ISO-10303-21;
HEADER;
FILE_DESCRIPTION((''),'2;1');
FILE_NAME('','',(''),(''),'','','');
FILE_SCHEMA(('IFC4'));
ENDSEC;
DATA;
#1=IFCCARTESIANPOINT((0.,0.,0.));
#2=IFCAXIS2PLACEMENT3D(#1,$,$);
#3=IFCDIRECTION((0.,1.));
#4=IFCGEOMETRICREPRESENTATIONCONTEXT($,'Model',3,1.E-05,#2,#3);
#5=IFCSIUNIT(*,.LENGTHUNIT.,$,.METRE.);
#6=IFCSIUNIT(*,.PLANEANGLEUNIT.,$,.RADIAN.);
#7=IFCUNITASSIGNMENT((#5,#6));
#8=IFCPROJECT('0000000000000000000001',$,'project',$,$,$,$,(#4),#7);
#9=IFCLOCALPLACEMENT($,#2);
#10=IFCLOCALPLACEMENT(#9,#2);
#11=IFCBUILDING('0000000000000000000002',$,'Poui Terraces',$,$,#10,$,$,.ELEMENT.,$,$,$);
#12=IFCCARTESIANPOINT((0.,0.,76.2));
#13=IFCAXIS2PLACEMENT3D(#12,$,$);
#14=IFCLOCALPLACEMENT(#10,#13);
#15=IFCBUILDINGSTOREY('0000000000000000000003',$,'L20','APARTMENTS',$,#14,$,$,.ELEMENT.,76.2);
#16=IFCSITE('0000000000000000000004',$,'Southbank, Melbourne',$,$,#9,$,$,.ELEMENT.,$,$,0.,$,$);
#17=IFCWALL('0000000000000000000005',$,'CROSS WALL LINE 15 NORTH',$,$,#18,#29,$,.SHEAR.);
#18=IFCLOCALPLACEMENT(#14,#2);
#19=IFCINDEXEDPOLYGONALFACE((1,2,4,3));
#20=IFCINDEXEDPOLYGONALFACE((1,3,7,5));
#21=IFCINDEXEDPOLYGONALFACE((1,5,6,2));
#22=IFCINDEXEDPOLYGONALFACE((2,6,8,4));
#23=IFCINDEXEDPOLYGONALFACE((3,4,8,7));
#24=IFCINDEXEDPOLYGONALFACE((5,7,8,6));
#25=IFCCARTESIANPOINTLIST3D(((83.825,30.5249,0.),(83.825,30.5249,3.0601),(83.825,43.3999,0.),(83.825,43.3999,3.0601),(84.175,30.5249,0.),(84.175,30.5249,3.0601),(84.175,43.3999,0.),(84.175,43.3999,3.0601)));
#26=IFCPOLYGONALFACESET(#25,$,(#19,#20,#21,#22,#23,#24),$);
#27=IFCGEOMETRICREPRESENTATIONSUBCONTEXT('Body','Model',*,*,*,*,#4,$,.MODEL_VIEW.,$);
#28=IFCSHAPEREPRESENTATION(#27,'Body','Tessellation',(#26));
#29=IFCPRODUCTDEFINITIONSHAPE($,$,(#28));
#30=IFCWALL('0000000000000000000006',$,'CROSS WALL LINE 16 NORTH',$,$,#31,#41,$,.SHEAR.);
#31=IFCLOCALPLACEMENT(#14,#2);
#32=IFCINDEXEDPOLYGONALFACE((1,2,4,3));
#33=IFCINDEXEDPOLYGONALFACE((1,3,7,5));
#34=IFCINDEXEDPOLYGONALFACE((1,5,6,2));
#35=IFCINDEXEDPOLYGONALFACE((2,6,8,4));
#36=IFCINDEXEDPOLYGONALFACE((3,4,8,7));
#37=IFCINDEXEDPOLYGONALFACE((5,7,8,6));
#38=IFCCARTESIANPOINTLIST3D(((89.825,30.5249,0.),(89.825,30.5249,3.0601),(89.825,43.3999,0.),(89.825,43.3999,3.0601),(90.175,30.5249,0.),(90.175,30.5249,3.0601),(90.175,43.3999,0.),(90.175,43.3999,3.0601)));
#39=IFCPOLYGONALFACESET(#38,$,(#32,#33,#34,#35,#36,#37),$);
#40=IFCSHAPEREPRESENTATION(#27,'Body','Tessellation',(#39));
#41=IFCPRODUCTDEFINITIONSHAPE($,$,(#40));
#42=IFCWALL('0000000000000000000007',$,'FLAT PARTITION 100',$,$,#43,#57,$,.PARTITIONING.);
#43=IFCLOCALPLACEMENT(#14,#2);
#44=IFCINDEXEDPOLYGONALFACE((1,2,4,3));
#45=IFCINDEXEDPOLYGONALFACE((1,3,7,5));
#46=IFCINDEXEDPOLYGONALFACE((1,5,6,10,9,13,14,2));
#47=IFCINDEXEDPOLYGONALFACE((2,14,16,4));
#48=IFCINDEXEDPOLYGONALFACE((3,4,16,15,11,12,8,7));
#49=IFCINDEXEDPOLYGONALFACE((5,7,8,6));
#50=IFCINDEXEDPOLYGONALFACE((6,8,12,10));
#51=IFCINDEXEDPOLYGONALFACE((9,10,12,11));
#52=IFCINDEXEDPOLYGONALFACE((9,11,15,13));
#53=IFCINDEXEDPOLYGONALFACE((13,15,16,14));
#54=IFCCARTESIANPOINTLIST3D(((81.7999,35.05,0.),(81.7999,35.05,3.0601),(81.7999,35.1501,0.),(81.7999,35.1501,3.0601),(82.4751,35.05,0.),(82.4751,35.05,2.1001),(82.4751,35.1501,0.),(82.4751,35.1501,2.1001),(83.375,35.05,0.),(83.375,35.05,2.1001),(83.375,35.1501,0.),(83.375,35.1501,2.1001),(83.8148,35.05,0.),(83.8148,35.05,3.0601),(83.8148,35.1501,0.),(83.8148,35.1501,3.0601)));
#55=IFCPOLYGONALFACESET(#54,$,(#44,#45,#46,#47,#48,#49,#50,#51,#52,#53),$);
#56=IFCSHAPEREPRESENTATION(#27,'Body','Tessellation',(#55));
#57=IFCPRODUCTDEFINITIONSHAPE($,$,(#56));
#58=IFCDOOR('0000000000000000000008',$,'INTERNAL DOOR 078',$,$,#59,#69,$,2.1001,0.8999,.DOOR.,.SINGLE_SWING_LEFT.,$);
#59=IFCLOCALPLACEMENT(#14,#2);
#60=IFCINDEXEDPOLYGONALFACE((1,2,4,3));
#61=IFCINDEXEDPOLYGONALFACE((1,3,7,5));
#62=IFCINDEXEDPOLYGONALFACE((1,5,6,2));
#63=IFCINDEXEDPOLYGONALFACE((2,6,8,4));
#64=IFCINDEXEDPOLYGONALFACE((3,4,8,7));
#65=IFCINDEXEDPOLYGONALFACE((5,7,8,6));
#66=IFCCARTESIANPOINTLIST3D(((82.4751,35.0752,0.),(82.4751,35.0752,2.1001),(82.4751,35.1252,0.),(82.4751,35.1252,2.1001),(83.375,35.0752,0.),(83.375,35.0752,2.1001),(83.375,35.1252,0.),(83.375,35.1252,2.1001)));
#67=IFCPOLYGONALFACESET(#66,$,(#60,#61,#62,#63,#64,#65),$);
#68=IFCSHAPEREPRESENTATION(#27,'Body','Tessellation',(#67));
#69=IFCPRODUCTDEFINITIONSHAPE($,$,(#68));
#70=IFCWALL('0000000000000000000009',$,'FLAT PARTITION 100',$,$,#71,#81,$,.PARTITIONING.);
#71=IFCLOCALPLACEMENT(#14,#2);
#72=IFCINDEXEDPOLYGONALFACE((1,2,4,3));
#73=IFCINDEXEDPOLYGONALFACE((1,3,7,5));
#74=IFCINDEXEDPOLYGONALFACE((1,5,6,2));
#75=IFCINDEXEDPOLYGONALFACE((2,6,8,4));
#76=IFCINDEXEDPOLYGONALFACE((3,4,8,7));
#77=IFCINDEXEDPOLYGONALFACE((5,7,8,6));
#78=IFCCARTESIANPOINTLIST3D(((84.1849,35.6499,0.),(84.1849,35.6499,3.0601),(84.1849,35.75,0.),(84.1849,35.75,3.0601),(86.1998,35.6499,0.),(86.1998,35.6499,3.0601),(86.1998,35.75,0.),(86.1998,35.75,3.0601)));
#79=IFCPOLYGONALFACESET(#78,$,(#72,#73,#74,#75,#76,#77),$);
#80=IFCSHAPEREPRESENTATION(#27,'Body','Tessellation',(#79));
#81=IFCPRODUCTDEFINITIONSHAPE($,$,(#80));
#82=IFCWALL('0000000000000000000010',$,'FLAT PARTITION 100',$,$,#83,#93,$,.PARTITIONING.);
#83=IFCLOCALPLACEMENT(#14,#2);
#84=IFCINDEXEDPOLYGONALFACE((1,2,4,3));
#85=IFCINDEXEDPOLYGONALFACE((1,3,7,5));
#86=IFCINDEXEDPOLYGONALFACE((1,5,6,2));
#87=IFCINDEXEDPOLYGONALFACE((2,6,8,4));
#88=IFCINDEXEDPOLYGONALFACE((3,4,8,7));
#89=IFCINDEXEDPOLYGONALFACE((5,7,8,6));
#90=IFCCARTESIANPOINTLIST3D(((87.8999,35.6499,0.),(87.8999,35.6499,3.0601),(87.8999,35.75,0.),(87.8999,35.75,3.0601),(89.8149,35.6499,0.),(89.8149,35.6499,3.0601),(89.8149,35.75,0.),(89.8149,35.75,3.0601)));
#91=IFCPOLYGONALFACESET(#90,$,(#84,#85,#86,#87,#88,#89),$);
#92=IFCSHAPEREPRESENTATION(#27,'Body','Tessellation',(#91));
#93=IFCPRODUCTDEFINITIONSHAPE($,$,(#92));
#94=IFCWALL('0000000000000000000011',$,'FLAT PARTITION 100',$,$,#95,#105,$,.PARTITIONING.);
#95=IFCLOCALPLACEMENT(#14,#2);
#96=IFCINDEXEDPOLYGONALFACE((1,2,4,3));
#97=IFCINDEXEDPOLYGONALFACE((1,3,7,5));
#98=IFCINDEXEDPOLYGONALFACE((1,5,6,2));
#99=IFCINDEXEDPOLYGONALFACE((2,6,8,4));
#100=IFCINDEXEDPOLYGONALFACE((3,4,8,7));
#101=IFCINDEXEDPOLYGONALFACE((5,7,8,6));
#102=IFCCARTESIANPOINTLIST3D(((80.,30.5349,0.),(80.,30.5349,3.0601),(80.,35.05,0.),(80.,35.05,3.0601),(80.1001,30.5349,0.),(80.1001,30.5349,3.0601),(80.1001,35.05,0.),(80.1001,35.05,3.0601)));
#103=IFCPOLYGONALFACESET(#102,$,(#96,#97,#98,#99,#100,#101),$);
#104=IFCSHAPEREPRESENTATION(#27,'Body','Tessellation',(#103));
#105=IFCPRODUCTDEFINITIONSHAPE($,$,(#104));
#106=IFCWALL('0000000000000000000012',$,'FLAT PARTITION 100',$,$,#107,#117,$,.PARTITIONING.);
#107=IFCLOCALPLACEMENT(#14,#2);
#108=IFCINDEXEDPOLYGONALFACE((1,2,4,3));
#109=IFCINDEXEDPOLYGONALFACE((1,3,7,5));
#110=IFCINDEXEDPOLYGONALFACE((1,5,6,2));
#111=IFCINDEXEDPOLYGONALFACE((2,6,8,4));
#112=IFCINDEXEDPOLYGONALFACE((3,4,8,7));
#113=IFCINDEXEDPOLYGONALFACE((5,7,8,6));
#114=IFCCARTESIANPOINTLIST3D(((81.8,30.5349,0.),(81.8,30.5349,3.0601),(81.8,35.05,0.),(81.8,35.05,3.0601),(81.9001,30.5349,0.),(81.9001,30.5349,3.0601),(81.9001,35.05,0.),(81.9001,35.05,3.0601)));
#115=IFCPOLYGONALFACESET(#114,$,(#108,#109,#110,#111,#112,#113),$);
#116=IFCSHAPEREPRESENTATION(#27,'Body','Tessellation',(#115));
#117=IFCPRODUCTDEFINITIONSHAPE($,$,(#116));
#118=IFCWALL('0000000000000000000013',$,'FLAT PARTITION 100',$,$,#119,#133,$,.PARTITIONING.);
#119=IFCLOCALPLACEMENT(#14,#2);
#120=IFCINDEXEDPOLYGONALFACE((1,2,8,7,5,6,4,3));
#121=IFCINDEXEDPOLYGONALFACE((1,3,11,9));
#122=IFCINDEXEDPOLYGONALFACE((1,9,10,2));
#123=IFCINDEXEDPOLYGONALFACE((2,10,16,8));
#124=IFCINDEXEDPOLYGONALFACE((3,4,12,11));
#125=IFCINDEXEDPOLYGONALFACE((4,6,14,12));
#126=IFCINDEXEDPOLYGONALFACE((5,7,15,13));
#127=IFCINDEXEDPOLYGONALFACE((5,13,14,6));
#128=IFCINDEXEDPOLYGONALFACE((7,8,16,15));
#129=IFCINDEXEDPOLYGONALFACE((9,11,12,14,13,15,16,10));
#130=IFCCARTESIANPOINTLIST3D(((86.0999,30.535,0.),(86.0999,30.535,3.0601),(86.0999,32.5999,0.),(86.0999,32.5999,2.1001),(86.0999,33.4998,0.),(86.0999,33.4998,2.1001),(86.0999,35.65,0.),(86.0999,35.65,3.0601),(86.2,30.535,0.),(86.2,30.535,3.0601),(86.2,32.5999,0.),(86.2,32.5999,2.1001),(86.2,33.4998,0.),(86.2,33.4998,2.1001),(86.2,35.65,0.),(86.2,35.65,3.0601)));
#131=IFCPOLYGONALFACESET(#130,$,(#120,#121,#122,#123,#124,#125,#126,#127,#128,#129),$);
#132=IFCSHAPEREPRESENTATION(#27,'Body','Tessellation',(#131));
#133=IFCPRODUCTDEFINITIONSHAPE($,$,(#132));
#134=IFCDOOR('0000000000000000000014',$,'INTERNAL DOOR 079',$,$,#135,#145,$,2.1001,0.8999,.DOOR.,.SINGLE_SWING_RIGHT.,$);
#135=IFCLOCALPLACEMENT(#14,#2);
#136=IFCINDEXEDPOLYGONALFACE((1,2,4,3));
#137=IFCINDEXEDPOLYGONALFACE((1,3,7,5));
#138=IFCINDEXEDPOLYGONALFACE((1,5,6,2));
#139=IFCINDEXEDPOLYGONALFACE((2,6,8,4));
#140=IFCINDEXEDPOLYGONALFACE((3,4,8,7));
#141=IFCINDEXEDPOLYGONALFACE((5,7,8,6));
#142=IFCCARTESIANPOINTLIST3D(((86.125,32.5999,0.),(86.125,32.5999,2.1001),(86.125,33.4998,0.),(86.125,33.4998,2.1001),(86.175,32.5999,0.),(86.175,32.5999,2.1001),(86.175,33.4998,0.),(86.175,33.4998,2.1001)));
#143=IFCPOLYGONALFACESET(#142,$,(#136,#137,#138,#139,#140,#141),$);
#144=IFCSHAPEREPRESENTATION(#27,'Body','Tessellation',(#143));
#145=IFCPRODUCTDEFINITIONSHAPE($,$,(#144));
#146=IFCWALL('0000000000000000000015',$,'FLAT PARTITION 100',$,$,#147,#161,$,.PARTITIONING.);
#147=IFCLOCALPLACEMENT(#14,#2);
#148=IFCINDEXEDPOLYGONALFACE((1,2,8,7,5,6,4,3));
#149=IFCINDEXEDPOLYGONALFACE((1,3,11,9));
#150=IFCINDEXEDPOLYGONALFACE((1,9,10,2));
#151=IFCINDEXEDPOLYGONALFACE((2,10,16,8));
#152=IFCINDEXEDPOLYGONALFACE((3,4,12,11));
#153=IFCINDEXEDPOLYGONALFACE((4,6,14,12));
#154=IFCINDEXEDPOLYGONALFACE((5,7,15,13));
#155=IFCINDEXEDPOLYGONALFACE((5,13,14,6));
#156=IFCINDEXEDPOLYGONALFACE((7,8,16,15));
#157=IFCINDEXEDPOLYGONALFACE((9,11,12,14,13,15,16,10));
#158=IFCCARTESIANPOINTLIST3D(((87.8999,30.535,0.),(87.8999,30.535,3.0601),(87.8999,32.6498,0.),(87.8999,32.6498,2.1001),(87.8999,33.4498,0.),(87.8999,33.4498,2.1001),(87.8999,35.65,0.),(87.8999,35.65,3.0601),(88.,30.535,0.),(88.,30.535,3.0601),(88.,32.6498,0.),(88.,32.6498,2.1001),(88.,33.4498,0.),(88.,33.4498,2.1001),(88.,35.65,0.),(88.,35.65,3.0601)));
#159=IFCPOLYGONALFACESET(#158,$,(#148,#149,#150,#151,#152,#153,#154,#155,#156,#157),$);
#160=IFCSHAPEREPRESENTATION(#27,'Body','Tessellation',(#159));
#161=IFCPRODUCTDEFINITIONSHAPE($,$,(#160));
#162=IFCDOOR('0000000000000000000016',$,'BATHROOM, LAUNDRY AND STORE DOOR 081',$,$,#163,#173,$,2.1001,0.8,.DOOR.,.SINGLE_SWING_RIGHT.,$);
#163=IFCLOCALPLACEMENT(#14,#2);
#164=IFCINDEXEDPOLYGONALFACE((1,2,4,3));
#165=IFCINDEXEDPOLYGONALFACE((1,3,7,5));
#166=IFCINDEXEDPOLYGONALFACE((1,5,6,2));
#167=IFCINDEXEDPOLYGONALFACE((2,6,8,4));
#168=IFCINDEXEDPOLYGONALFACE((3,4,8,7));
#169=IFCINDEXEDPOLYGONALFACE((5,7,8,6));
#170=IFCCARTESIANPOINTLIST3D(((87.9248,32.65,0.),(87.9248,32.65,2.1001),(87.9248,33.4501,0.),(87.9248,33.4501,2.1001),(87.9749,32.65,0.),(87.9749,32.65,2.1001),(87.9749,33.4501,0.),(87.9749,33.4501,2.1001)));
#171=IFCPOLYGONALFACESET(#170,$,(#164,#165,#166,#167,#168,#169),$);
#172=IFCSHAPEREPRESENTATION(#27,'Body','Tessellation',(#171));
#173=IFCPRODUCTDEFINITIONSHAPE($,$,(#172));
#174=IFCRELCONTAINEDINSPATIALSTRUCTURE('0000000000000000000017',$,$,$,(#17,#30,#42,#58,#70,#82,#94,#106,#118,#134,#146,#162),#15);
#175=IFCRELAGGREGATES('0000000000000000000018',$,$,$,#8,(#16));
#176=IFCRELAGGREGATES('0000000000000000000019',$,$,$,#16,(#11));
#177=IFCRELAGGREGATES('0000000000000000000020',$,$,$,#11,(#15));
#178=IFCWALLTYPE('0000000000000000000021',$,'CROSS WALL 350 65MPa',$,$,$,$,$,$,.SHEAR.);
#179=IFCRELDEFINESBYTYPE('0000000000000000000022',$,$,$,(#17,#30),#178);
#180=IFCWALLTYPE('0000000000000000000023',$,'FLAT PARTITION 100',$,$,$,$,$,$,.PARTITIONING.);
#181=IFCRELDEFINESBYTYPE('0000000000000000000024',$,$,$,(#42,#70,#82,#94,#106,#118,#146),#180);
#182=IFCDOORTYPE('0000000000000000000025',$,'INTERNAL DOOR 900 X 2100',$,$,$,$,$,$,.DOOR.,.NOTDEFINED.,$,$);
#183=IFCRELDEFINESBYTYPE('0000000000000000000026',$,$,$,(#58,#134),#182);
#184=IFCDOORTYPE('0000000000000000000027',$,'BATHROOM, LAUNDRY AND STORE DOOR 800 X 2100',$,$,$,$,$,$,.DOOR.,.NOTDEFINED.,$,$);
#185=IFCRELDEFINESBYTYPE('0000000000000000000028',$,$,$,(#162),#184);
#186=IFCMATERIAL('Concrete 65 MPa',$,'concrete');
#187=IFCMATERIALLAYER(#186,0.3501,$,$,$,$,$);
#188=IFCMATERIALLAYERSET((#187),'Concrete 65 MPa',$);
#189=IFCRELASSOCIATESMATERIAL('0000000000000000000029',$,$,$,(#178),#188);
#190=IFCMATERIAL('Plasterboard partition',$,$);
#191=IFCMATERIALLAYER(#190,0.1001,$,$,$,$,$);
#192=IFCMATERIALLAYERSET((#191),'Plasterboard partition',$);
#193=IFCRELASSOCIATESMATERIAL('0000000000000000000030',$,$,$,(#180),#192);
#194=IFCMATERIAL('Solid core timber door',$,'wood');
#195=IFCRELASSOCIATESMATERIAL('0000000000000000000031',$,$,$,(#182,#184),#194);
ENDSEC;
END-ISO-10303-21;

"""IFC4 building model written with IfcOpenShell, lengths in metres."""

from ifc_helpers import new_model, si_unit, direction, frame, frame_2d, origin, place, context, subcontext, project, spatial, rectangle, extrude, material, layer, layer_set, type_object, element, fill, save


model = new_model("IFC4")

# Units and contexts
model_context = context("Model", 3, precision=1e-05, world=origin(), true_north=direction((0.0, 1.0)))
body_context = subcontext(model_context, "Body", "Model", "MODEL_VIEW")
ifc_project = project(units=[si_unit("LENGTHUNIT", "METRE"), si_unit("PLANEANGLEUNIT", "RADIAN")], contexts=[model_context])

# Site, building, storey
site_placement = place(None, origin())
site = spatial("IfcSite", under=ifc_project, at=site_placement, Name="Southbank, Melbourne", CompositionType="ELEMENT", RefElevation=0.0)
building_placement = place(site_placement, origin())
building = spatial("IfcBuilding", under=site, at=building_placement, Name="Poui Terraces", CompositionType="ELEMENT")
storey_placement = place(building_placement, frame((0.0, 0.0, 76.2)))
storey = spatial("IfcBuildingStorey", under=building, at=storey_placement, Name="L20", Description="APARTMENTS", CompositionType="ELEMENT", Elevation=76.2)

# Walls
ifc_material_1 = material(Name="Concrete 65 MPa", Category="concrete")
ifc_layer_1 = layer(ifc_material_1, 0.3501)
ifc_layer_set_1 = layer_set([ifc_layer_1], Name="Concrete 65 MPa")
wall_type_1 = type_object("IfcWallType", Name="CROSS WALL 350 65MPa", PredefinedType="SHEAR", material=ifc_layer_set_1)
for number, where, z_axis, x_axis, name in (
    (1, (84.0, 30.5249, 0.0), (0.0, 0.0, 1.0), (0.0, 1.0, 0.0), "CROSS WALL LINE 15 NORTH"),
    (2, (90.0, 30.5249, 0.0), (0.0, 0.0, 1.0), (0.0, 1.0, 0.0), "CROSS WALL LINE 16 NORTH"),
):
    element("IfcWall", number, at=place(storey_placement, frame(where, z_axis=z_axis, x_axis=x_axis)), inside=storey, type_object=wall_type_1, Name=name, PredefinedType="SHEAR", context=body_context, shape_type="SweptSolid", body=[
        extrude(rectangle(XDim=12.875, YDim=0.3501, at=frame_2d((6.4375, 0.0))), origin(), (0.0, 0.0, 1.0), 3.0601),
    ])

# Wall, opening, door
ifc_material_2 = material(Name="Plasterboard partition")
ifc_layer_2 = layer(ifc_material_2, 0.1001)
ifc_layer_set_2 = layer_set([ifc_layer_2], Name="Plasterboard partition")
wall_type_2 = type_object("IfcWallType", Name="FLAT PARTITION 100", PredefinedType="PARTITIONING", material=ifc_layer_set_2)
wall_1_placement = place(storey_placement, frame((81.8, 35.1001, 0.0), z_axis=(0.0, 0.0, 1.0), x_axis=(1.0, 0.0, 0.0)))
wall_1 = element("IfcWall", 3, at=wall_1_placement, inside=storey, type_object=wall_type_2, Name="FLAT PARTITION 100", PredefinedType="PARTITIONING", context=body_context, shape_type="SweptSolid", body=[
    extrude(rectangle(XDim=2.0149, YDim=0.1001, at=frame_2d((1.0073, 0.0))), origin(), (0.0, 0.0, 1.0), 3.0601),
])
opening_1_placement = place(wall_1_placement, frame((0.675, 0.0, 0.0)))
opening_1 = element("IfcOpeningElement", 4, at=opening_1_placement, cuts=wall_1, PredefinedType="OPENING", context=body_context, shape_type="SweptSolid", body=[
    extrude(rectangle(XDim=0.8999, YDim=2.1001, at=frame_2d((0.45, 1.05))), frame((0.0, 0.0601, 0.0), z_axis=(0.0, -1.0, 0.0), x_axis=(1.0, 0.0, 0.0)), (0.0, 0.0, 1.0), 0.1201),
])
ifc_material_3 = material(Name="Solid core timber door", Category="wood")
door_type_1 = type_object("IfcDoorType", Name="INTERNAL DOOR 900 X 2100", OperationType="NOTDEFINED", PredefinedType="DOOR", material=ifc_material_3)
door_1_placement = place(opening_1_placement, frame((0.8999, 0.0, 0.0), z_axis=(0.0, 0.0, 1.0), x_axis=(-1.0, 0.0, 0.0)))
door_1 = element("IfcDoor", 5, at=door_1_placement, inside=storey, type_object=door_type_1, Name="INTERNAL DOOR 078", OperationType="SINGLE_SWING_LEFT", OverallHeight=2.1001, OverallWidth=0.8999, PredefinedType="DOOR", context=body_context, shape_type="SweptSolid", body=[
    extrude(rectangle(XDim=0.8999, YDim=2.1001, at=frame_2d((0.45, 1.05))), frame((0.0, 0.0249, 0.0), z_axis=(0.0, -1.0, 0.0), x_axis=(1.0, 0.0, 0.0)), (0.0, 0.0, 1.0), 0.05),
])
fill(opening_1, door_1)

# Walls
wall_2_placement = place(storey_placement, frame((84.1851, 35.7, 0.0), z_axis=(0.0, 0.0, 1.0), x_axis=(1.0, 0.0, 0.0)))
element("IfcWall", 6, at=wall_2_placement, inside=storey, type_object=wall_type_2, Name="FLAT PARTITION 100", PredefinedType="PARTITIONING", context=body_context, shape_type="SweptSolid", body=[
    extrude(rectangle(XDim=2.0149, YDim=0.1001, at=frame_2d((1.0073, 0.0))), origin(), (0.0, 0.0, 1.0), 3.0601),
])
wall_3_placement = place(storey_placement, frame((87.8999, 35.7, 0.0), z_axis=(0.0, 0.0, 1.0), x_axis=(1.0, 0.0, 0.0)))
element("IfcWall", 7, at=wall_3_placement, inside=storey, type_object=wall_type_2, Name="FLAT PARTITION 100", PredefinedType="PARTITIONING", context=body_context, shape_type="SweptSolid", body=[
    extrude(rectangle(XDim=1.915, YDim=0.1001, at=frame_2d((0.9575, 0.0))), origin(), (0.0, 0.0, 1.0), 3.0601),
])
for number, where, z_axis, x_axis, name in (
    (8, (80.05, 30.5349, 0.0), (0.0, 0.0, 1.0), (0.0, 1.0, 0.0), "FLAT PARTITION 100"),
    (9, (81.8501, 30.5349, 0.0), (0.0, 0.0, 1.0), (0.0, 1.0, 0.0), "FLAT PARTITION 100"),
):
    element("IfcWall", number, at=place(storey_placement, frame(where, z_axis=z_axis, x_axis=x_axis)), inside=storey, type_object=wall_type_2, Name=name, PredefinedType="PARTITIONING", context=body_context, shape_type="SweptSolid", body=[
        extrude(rectangle(XDim=4.5151, YDim=0.1001, at=frame_2d((2.2576, 0.0))), origin(), (0.0, 0.0, 1.0), 3.0601),
    ])

# Walls, openings, doors
wall_4_placement = place(storey_placement, frame((86.1499, 30.5349, 0.0), z_axis=(0.0, 0.0, 1.0), x_axis=(0.0, 1.0, 0.0)))
wall_4 = element("IfcWall", 10, at=wall_4_placement, inside=storey, type_object=wall_type_2, Name="FLAT PARTITION 100", PredefinedType="PARTITIONING", context=body_context, shape_type="SweptSolid", body=[
    extrude(rectangle(XDim=5.115, YDim=0.1001, at=frame_2d((2.5576, 0.0))), origin(), (0.0, 0.0, 1.0), 3.0601),
])
opening_2_placement = place(wall_4_placement, frame((2.0649, 0.0, 0.0)))
opening_2 = element("IfcOpeningElement", 11, at=opening_2_placement, cuts=wall_4, PredefinedType="OPENING", context=body_context, shape_type="SweptSolid", body=[
    extrude(rectangle(XDim=0.8999, YDim=2.1001, at=frame_2d((0.45, 1.05))), frame((0.0, 0.0601, 0.0), z_axis=(0.0, -1.0, 0.0), x_axis=(1.0, 0.0, 0.0)), (0.0, 0.0, 1.0), 0.1201),
])
door_2_placement = place(opening_2_placement, origin())
door_2 = element("IfcDoor", 12, at=door_2_placement, inside=storey, type_object=door_type_1, Name="INTERNAL DOOR 079", OperationType="SINGLE_SWING_RIGHT", OverallHeight=2.1001, OverallWidth=0.8999, PredefinedType="DOOR", context=body_context, shape_type="SweptSolid", body=[
    extrude(rectangle(XDim=0.8999, YDim=2.1001, at=frame_2d((0.45, 1.05))), frame((0.0, 0.0249, 0.0), z_axis=(0.0, -1.0, 0.0), x_axis=(1.0, 0.0, 0.0)), (0.0, 0.0, 1.0), 0.05),
])
fill(opening_2, door_2)
wall_5_placement = place(storey_placement, frame((87.95, 30.5349, 0.0), z_axis=(0.0, 0.0, 1.0), x_axis=(0.0, 1.0, 0.0)))
wall_5 = element("IfcWall", 13, at=wall_5_placement, inside=storey, type_object=wall_type_2, Name="FLAT PARTITION 100", PredefinedType="PARTITIONING", context=body_context, shape_type="SweptSolid", body=[
    extrude(rectangle(XDim=5.115, YDim=0.1001, at=frame_2d((2.5576, 0.0))), origin(), (0.0, 0.0, 1.0), 3.0601),
])
opening_3_placement = place(wall_5_placement, frame((2.115, 0.0, 0.0)))
opening_3 = element("IfcOpeningElement", 14, at=opening_3_placement, cuts=wall_5, PredefinedType="OPENING", context=body_context, shape_type="SweptSolid", body=[
    extrude(rectangle(XDim=0.8, YDim=2.1001, at=frame_2d((0.3999, 1.05))), frame((0.0, 0.0601, 0.0), z_axis=(0.0, -1.0, 0.0), x_axis=(1.0, 0.0, 0.0)), (0.0, 0.0, 1.0), 0.1201),
])
door_type_2 = type_object("IfcDoorType", Name="BATHROOM, LAUNDRY AND STORE DOOR 800 X 2100", OperationType="NOTDEFINED", PredefinedType="DOOR", material=ifc_material_3)
door_3_placement = place(opening_3_placement, frame((0.8, 0.0, 0.0), z_axis=(0.0, 0.0, 1.0), x_axis=(-1.0, 0.0, 0.0)))
door_3 = element("IfcDoor", 15, at=door_3_placement, inside=storey, type_object=door_type_2, Name="BATHROOM, LAUNDRY AND STORE DOOR 081", OperationType="SINGLE_SWING_RIGHT", OverallHeight=2.1001, OverallWidth=0.8, PredefinedType="DOOR", context=body_context, shape_type="SweptSolid", body=[
    extrude(rectangle(XDim=0.8, YDim=2.1001, at=frame_2d((0.3999, 1.05))), frame((0.0, 0.0249, 0.0), z_axis=(0.0, -1.0, 0.0), x_axis=(1.0, 0.0, 0.0)), (0.0, 0.0, 1.0), 0.05),
])
fill(opening_3, door_3)

save(model, "model.ifc")
